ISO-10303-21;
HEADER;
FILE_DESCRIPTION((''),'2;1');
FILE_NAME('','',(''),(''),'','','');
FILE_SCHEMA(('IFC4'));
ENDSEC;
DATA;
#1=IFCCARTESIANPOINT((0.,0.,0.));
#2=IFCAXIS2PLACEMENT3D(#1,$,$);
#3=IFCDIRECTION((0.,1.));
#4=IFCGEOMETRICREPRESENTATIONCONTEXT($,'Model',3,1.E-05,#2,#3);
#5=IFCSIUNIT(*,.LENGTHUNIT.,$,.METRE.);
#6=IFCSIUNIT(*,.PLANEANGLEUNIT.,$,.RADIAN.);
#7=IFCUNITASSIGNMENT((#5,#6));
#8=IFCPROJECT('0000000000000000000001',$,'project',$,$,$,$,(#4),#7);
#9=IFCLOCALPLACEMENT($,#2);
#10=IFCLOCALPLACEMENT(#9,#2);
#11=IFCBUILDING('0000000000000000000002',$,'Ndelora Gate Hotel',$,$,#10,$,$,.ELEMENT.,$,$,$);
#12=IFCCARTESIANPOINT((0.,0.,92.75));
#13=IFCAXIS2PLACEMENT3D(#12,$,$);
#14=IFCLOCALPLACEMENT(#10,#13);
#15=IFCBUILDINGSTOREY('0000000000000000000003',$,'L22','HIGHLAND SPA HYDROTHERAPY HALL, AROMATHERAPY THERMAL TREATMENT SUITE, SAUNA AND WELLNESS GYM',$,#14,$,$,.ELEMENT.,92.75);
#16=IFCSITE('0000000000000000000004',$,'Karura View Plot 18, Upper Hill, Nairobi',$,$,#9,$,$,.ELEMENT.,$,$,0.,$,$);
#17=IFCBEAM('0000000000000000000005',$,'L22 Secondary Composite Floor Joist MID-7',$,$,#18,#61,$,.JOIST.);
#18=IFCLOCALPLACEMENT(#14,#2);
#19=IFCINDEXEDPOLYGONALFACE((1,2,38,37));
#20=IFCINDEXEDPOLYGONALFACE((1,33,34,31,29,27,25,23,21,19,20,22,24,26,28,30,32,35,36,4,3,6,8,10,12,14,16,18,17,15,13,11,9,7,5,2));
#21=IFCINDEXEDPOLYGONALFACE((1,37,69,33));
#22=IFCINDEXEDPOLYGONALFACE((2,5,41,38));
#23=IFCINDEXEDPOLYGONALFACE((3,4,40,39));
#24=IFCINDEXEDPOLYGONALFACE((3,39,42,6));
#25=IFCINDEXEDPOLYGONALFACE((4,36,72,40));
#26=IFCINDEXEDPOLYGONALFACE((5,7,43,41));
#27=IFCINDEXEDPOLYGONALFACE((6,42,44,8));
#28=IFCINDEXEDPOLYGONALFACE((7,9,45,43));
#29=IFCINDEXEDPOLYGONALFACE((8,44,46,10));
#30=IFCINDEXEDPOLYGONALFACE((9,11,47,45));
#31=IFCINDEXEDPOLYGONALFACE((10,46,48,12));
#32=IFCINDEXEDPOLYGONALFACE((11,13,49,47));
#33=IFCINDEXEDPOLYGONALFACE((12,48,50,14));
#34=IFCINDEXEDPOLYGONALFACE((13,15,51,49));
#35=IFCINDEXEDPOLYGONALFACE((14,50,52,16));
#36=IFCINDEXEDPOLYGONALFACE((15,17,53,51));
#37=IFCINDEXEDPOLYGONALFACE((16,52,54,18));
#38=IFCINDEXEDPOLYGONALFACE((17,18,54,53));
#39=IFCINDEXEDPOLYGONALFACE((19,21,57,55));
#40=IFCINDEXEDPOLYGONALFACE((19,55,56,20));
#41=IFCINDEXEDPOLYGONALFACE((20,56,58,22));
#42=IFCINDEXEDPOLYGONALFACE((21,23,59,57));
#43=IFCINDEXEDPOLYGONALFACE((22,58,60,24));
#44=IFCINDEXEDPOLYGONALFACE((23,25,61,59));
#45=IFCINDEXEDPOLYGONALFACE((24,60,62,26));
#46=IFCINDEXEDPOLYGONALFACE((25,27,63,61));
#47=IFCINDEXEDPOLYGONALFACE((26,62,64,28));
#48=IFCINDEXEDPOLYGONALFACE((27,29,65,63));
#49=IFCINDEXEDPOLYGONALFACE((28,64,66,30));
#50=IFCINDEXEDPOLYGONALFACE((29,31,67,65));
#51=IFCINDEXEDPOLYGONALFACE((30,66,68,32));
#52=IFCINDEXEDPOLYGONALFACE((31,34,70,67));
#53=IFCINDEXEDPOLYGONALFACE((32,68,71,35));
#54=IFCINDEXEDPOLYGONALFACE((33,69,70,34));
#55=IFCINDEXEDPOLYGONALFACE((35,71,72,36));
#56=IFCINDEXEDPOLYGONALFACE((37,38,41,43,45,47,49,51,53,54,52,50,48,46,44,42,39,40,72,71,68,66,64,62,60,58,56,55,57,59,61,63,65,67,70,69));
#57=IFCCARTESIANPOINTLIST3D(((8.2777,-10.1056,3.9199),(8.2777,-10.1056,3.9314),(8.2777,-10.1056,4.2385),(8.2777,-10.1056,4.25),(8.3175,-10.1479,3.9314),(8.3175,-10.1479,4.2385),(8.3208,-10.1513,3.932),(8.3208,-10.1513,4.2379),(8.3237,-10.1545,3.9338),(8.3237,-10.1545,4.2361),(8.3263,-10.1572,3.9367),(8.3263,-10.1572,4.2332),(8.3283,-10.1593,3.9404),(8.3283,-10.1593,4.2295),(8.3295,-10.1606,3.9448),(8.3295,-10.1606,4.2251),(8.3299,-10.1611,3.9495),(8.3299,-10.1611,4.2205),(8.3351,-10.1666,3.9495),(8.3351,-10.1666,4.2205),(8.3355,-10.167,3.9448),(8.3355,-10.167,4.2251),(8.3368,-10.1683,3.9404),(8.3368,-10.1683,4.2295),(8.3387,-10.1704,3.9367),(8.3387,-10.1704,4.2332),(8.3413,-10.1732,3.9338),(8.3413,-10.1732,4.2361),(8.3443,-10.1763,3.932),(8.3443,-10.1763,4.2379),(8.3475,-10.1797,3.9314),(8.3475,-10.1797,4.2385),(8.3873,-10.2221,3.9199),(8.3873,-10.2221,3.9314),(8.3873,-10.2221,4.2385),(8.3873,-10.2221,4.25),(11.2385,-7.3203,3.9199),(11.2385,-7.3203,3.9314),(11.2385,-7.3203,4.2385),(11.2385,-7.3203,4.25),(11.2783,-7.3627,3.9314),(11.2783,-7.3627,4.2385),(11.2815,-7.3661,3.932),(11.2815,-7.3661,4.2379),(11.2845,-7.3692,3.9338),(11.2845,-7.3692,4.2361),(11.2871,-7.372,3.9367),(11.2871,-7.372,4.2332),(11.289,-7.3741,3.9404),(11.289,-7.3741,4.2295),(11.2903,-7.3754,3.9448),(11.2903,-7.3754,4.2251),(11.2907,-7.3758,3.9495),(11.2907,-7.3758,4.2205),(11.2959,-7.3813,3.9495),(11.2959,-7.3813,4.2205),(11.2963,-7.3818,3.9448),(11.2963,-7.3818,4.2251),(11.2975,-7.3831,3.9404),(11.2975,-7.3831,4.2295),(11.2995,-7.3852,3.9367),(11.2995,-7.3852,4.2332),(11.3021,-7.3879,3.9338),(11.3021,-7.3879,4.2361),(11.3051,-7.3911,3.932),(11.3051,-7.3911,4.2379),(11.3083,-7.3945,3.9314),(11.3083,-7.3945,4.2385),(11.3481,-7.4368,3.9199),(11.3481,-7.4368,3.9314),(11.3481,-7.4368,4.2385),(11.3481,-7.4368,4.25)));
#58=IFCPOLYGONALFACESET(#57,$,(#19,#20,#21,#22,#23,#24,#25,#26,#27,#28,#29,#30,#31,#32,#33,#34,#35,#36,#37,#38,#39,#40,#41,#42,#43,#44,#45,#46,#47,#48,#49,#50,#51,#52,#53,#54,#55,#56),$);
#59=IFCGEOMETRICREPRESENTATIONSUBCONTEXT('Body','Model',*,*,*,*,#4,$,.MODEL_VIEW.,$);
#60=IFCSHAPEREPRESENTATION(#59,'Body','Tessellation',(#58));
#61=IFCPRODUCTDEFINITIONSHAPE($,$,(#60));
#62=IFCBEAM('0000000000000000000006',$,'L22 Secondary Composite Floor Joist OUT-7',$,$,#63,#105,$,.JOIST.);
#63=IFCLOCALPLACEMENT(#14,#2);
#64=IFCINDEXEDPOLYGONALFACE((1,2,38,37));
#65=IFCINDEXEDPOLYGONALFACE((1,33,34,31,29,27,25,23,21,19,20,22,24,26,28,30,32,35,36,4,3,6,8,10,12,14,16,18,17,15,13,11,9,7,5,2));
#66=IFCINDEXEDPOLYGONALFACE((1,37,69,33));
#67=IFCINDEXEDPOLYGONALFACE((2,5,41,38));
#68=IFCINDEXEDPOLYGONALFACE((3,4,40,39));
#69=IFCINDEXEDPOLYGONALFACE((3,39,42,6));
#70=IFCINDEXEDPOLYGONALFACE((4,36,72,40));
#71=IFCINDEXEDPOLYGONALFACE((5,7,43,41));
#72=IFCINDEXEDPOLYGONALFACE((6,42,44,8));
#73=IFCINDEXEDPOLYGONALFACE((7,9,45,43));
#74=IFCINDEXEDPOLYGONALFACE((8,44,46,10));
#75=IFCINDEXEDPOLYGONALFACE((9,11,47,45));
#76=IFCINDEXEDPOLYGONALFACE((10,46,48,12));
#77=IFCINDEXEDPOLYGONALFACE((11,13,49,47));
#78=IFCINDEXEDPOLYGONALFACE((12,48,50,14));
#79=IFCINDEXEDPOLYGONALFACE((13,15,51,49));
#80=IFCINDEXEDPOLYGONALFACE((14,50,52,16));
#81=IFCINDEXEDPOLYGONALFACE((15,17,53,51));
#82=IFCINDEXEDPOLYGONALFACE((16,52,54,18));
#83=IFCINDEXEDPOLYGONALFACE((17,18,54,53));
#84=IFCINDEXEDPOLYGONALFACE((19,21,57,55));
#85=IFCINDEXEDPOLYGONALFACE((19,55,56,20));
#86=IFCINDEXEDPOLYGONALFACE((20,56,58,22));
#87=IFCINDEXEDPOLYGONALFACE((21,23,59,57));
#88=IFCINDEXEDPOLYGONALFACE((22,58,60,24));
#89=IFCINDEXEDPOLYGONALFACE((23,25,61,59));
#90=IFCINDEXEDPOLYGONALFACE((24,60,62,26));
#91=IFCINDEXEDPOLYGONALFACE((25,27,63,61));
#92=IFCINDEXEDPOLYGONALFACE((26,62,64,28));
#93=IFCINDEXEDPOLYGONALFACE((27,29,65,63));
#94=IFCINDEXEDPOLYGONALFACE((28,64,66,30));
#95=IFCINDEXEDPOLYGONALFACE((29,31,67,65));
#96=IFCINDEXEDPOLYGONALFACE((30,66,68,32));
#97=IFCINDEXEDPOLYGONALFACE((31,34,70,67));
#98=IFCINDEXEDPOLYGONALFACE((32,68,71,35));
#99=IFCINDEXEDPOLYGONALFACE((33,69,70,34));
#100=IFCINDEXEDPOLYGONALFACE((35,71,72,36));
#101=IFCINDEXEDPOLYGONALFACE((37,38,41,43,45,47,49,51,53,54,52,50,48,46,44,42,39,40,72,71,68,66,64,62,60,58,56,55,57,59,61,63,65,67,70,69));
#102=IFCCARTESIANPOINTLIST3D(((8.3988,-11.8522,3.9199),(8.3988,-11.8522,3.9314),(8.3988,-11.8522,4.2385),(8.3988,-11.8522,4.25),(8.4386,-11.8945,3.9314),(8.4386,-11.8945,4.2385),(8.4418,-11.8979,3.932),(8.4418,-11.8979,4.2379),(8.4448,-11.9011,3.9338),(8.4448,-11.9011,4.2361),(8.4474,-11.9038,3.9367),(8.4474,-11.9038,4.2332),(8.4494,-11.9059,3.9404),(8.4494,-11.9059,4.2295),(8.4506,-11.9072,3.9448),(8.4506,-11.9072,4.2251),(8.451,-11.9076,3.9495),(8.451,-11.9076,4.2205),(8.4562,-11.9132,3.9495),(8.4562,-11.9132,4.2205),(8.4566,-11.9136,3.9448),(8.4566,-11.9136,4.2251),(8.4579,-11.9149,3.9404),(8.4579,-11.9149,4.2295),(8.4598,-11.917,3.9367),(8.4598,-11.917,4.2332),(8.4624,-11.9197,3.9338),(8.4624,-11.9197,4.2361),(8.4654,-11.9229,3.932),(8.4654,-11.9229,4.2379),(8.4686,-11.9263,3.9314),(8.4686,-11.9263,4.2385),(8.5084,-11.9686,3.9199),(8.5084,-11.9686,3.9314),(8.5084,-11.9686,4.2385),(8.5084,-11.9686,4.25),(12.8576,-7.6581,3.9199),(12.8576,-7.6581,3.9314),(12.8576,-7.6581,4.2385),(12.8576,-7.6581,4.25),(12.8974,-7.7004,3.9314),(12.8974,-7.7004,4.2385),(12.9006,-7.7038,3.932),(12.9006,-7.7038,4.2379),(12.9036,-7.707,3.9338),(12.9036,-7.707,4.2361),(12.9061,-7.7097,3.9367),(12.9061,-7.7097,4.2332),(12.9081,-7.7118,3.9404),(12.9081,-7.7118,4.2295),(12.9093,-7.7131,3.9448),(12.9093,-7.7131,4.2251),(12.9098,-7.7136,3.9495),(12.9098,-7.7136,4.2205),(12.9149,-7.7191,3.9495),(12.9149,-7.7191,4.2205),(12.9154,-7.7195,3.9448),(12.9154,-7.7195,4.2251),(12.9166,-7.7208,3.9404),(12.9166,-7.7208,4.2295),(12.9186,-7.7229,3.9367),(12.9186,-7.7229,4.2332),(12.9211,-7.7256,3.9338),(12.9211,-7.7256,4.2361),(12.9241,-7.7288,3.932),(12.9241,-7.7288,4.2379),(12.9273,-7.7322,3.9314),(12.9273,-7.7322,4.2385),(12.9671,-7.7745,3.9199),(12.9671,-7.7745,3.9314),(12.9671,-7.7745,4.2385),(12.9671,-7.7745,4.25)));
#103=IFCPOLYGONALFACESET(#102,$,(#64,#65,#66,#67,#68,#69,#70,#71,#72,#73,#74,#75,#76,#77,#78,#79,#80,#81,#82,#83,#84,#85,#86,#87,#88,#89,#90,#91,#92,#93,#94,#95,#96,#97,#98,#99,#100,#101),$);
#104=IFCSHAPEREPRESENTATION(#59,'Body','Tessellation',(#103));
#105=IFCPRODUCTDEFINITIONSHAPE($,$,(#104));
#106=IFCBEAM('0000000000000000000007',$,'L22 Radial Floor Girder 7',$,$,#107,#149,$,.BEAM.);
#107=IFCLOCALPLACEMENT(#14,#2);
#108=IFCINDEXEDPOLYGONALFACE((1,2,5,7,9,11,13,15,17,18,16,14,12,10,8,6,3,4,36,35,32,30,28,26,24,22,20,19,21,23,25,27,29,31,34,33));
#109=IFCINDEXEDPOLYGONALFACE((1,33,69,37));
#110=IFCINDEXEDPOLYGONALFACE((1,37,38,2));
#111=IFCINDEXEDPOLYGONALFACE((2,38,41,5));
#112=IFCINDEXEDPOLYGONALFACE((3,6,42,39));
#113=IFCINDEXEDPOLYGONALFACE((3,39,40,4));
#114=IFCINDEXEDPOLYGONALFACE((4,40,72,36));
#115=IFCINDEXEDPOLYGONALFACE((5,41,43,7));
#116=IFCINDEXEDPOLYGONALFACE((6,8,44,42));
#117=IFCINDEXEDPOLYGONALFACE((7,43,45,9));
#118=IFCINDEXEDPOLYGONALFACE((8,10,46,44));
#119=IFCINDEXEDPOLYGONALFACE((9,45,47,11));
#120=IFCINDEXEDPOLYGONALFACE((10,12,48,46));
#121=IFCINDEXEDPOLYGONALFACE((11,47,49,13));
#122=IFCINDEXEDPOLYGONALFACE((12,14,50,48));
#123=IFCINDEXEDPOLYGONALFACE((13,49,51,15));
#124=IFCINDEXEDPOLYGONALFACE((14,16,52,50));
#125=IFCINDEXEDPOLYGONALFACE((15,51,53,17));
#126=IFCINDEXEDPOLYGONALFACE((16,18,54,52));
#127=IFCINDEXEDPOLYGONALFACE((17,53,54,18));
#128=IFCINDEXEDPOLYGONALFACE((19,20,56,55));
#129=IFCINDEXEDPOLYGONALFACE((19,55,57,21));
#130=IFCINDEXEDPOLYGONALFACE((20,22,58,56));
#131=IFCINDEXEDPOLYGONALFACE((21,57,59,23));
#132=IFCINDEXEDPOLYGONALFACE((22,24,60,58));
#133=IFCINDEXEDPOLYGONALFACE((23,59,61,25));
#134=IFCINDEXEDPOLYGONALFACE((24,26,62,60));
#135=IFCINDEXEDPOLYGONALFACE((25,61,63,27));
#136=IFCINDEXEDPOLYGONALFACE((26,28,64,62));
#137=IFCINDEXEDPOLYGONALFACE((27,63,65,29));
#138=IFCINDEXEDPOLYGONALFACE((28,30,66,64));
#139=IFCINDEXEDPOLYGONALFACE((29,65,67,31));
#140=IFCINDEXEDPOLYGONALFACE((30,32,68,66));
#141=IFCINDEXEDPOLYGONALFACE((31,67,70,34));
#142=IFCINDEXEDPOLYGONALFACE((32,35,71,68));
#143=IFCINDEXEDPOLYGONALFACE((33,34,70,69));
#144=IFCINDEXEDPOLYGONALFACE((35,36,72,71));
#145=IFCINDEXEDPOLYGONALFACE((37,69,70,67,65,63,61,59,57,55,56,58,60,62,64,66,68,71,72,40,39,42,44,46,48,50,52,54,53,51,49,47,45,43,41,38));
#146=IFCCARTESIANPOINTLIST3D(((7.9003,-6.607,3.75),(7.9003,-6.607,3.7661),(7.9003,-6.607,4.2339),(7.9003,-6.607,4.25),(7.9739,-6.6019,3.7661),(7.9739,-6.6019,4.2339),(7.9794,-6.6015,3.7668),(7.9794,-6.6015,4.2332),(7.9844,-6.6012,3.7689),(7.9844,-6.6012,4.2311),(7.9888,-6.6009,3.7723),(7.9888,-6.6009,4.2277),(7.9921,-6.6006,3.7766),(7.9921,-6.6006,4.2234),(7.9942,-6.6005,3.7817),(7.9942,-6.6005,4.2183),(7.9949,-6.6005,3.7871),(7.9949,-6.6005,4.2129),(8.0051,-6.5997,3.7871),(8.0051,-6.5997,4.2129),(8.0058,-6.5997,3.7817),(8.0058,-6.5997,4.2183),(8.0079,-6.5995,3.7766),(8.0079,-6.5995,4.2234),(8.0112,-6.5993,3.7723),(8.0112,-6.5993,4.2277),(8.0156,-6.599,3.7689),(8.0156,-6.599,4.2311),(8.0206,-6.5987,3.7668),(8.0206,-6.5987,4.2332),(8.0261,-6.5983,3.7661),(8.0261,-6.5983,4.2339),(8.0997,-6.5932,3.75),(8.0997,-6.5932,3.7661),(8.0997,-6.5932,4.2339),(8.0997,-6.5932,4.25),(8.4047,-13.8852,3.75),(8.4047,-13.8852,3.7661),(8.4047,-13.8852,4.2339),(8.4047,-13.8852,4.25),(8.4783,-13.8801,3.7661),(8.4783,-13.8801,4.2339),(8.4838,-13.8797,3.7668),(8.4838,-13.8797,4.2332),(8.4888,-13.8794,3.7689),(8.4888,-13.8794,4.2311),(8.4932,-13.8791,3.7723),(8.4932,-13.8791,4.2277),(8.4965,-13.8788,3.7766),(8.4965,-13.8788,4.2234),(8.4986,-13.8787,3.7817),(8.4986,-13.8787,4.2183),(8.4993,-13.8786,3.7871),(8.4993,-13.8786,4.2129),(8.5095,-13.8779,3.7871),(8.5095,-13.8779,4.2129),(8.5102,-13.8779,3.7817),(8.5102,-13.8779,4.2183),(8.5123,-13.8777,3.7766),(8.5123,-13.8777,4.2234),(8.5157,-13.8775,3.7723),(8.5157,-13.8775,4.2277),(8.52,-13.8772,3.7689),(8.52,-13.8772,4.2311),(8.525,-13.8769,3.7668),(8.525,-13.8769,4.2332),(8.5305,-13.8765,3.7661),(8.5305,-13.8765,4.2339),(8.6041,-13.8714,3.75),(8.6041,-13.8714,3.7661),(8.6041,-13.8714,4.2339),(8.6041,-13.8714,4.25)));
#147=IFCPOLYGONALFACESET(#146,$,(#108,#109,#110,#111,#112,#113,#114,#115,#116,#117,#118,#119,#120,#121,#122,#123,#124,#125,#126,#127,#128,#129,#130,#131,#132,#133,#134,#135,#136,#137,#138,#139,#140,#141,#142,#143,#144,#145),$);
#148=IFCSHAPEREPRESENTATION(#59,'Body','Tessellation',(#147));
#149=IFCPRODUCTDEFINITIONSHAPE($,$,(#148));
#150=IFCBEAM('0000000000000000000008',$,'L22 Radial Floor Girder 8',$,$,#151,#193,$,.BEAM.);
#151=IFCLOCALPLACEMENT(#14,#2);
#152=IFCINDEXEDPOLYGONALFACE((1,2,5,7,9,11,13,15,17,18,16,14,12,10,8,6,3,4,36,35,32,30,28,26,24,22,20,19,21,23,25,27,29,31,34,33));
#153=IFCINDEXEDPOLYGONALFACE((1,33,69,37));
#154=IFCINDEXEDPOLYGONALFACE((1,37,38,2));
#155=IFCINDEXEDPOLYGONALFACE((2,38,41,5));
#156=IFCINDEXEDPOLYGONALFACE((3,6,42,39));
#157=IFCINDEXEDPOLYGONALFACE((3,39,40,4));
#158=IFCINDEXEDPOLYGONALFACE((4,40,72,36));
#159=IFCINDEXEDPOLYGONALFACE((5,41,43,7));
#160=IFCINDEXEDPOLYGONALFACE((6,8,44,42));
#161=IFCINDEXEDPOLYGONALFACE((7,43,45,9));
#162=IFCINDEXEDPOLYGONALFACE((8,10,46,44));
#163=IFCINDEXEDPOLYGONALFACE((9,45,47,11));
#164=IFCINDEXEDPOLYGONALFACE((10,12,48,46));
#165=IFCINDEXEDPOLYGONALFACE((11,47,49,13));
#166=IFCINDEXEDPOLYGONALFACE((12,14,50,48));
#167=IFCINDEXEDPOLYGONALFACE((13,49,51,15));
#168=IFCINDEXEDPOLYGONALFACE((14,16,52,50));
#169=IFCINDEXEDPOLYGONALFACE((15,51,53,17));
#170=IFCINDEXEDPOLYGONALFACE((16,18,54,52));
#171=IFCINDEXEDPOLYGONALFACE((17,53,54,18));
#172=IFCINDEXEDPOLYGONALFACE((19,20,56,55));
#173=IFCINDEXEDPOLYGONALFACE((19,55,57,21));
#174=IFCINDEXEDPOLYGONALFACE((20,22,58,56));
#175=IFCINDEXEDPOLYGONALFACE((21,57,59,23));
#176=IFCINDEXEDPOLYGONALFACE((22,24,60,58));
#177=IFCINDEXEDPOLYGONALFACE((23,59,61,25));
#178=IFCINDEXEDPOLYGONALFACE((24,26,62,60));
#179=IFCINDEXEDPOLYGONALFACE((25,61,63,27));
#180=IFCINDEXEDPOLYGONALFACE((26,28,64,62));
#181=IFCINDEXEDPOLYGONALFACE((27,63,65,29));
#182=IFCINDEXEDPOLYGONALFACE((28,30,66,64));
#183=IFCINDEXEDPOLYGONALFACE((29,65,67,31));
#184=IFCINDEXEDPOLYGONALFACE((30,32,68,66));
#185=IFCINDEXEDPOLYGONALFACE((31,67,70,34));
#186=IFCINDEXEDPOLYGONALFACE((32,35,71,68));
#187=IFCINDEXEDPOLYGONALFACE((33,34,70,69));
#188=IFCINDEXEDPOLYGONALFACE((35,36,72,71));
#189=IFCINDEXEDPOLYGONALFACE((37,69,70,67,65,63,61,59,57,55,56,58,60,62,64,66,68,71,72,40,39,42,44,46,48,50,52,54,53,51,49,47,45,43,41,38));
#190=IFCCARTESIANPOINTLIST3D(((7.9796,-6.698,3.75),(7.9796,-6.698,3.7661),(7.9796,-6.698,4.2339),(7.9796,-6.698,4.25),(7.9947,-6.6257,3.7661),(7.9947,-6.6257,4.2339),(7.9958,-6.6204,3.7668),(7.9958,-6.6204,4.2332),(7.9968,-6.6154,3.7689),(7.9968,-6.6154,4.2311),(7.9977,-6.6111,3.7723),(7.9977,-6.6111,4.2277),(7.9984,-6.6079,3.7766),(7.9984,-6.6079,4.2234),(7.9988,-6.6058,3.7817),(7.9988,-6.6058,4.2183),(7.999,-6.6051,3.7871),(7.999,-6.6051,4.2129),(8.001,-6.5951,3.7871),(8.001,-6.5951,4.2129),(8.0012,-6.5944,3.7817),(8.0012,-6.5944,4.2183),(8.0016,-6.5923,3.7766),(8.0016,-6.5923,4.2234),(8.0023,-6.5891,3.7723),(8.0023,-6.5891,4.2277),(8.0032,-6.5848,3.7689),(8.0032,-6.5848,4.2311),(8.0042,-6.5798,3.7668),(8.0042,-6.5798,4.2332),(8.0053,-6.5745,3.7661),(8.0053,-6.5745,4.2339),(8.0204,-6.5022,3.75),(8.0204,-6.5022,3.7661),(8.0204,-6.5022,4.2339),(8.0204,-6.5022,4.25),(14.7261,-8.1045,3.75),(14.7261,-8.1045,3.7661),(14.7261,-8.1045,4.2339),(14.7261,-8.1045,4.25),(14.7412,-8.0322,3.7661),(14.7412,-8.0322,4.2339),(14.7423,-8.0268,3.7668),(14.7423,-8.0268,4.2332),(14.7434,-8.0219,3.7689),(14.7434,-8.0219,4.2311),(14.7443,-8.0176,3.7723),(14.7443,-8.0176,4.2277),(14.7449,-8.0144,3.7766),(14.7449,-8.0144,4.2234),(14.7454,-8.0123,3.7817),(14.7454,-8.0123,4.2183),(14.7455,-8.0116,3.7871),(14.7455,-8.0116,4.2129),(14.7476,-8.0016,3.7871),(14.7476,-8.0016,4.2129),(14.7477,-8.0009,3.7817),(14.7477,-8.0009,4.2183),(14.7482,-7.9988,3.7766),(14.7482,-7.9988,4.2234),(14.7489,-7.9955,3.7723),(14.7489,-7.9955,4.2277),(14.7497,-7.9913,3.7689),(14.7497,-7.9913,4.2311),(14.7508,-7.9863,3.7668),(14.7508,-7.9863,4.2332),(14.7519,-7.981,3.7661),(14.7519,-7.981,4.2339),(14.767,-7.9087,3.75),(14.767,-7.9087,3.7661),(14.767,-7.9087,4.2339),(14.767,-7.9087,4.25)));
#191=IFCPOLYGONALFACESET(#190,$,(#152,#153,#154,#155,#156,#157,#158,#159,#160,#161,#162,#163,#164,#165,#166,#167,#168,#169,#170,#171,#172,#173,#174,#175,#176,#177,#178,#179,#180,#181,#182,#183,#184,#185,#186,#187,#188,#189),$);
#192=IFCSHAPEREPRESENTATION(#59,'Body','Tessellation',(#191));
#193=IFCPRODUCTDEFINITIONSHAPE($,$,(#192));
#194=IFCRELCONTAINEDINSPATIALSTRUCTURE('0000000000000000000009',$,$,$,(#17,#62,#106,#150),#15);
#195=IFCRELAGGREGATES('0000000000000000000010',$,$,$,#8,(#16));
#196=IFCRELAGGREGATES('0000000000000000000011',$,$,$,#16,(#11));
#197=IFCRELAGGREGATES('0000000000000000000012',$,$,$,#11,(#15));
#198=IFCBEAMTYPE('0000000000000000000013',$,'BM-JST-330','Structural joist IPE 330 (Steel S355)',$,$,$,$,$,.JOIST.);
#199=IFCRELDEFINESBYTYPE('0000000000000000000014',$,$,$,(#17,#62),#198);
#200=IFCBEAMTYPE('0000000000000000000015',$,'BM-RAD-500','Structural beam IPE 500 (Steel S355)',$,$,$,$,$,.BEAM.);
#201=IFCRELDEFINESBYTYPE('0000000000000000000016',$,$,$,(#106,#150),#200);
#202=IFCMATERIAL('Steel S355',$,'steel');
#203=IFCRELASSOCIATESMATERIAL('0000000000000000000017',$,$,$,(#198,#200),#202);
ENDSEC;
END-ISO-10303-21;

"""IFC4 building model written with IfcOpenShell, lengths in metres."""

from ifc_helpers import new_model, si_unit, direction, frame, origin, origin_2d, place, context, subcontext, project, spatial, i_section, extrude, material, material_profile, profile_set, type_object, element, save


model = new_model("IFC4")

# Units and contexts
model_context = context("Model", 3, precision=1e-05, world=origin(), true_north=direction((0.0, 1.0)))
body_context = subcontext(model_context, "Body", "Model", "MODEL_VIEW")
ifc_project = project(units=[si_unit("LENGTHUNIT", "METRE"), si_unit("PLANEANGLEUNIT", "RADIAN")], contexts=[model_context])

# Site, building, storey
site_placement = place(None, origin())
site = spatial("IfcSite", under=ifc_project, at=site_placement, Name="Karura View Plot 18, Upper Hill, Nairobi", CompositionType="ELEMENT", RefElevation=0.0)
building_placement = place(site_placement, origin())
building = spatial("IfcBuilding", under=site, at=building_placement, Name="Ndelora Gate Hotel", CompositionType="ELEMENT")
storey_placement = place(building_placement, frame((0.0, 0.0, 92.75)))
storey = spatial("IfcBuildingStorey", under=building, at=storey_placement, Name="L22", Description="HIGHLAND SPA HYDROTHERAPY HALL, AROMATHERAPY THERMAL TREATMENT SUITE, SAUNA AND WELLNESS GYM", CompositionType="ELEMENT", Elevation=92.75)

# Beams
ifc_material_1 = material(Name="Steel S355", Category="steel")
ifc_material_profile_1 = material_profile(ifc_material_1, i_section(OverallWidth=0.1599, OverallDepth=0.3301, WebThickness=0.0076, FlangeThickness=0.0115, FilletRadius=0.0181, at=origin_2d()), Name="IPE 330")
ifc_profile_set_1 = profile_set([ifc_material_profile_1], Name="Steel S355")
beam_type_1 = type_object("IfcBeamType", Name="BM-JST-330", Description="Structural joist IPE 330 (Steel S355)", PredefinedType="JOIST", material=ifc_profile_set_1)
beam_1_placement = place(storey_placement, frame((8.3325, -10.1638, 4.085), z_axis=(0.728369, 0.685185, 0.0), x_axis=(-0.685185, 0.728369, 0.0)))
element("IfcBeam", 1, at=beam_1_placement, inside=storey, type_object=beam_type_1, Name="L22 Secondary Composite Floor Joist MID-7", PredefinedType="JOIST", context=body_context, shape_type="SweptSolid", body=[
    extrude(i_section(OverallWidth=0.1599, OverallDepth=0.3301, WebThickness=0.0076, FlangeThickness=0.0115, FilletRadius=0.0181, at=origin_2d()), origin(), (0.0, 0.0, 1.0), 4.0649),
])
beam_2_placement = place(storey_placement, frame((8.4536, -11.9104, 4.085), z_axis=(0.728393, 0.685159, 0.0), x_axis=(-0.685159, 0.728393, 0.0)))
element("IfcBeam", 2, at=beam_2_placement, inside=storey, type_object=beam_type_1, Name="L22 Secondary Composite Floor Joist OUT-7", PredefinedType="JOIST", context=body_context, shape_type="SweptSolid", body=[
    extrude(i_section(OverallWidth=0.1599, OverallDepth=0.3301, WebThickness=0.0076, FlangeThickness=0.0115, FilletRadius=0.0181, at=origin_2d()), origin(), (0.0, 0.0, 1.0), 6.1213),
])
ifc_material_profile_2 = material_profile(ifc_material_1, i_section(OverallWidth=0.2, OverallDepth=0.5, WebThickness=0.0103, FlangeThickness=0.0161, FilletRadius=0.021, at=origin_2d()), Name="IPE 500")
ifc_profile_set_2 = profile_set([ifc_material_profile_2], Name="Steel S355")
beam_type_2 = type_object("IfcBeamType", Name="BM-RAD-500", Description="Structural beam IPE 500 (Steel S355)", PredefinedType="BEAM", material=ifc_profile_set_2)
beam_3_placement = place(storey_placement, frame((8.0, -6.6001, 4.0), z_axis=(0.069137, -0.997607, 0.0), x_axis=(0.997607, 0.069137, 0.0)))
element("IfcBeam", 3, at=beam_3_placement, inside=storey, type_object=beam_type_2, Name="L22 Radial Floor Girder 7", PredefinedType="BEAM", context=body_context, shape_type="SweptSolid", body=[
    extrude(i_section(OverallWidth=0.2, OverallDepth=0.5, WebThickness=0.0103, FlangeThickness=0.0161, FilletRadius=0.021, at=origin_2d()), origin(), (0.0, 0.0, 1.0), 7.2957),
])
beam_4_placement = place(storey_placement, frame((8.0, -6.6001, 4.0), z_axis=(0.978953, -0.204087, 0.0), x_axis=(0.204087, 0.978953, 0.0)))
element("IfcBeam", 4, at=beam_4_placement, inside=storey, type_object=beam_type_2, Name="L22 Radial Floor Girder 8", PredefinedType="BEAM", context=body_context, shape_type="SweptSolid", body=[
    extrude(i_section(OverallWidth=0.2, OverallDepth=0.5, WebThickness=0.0103, FlangeThickness=0.0161, FilletRadius=0.021, at=origin_2d()), origin(), (0.0, 0.0, 1.0), 6.8916),
])

save(model, "model.ifc")
